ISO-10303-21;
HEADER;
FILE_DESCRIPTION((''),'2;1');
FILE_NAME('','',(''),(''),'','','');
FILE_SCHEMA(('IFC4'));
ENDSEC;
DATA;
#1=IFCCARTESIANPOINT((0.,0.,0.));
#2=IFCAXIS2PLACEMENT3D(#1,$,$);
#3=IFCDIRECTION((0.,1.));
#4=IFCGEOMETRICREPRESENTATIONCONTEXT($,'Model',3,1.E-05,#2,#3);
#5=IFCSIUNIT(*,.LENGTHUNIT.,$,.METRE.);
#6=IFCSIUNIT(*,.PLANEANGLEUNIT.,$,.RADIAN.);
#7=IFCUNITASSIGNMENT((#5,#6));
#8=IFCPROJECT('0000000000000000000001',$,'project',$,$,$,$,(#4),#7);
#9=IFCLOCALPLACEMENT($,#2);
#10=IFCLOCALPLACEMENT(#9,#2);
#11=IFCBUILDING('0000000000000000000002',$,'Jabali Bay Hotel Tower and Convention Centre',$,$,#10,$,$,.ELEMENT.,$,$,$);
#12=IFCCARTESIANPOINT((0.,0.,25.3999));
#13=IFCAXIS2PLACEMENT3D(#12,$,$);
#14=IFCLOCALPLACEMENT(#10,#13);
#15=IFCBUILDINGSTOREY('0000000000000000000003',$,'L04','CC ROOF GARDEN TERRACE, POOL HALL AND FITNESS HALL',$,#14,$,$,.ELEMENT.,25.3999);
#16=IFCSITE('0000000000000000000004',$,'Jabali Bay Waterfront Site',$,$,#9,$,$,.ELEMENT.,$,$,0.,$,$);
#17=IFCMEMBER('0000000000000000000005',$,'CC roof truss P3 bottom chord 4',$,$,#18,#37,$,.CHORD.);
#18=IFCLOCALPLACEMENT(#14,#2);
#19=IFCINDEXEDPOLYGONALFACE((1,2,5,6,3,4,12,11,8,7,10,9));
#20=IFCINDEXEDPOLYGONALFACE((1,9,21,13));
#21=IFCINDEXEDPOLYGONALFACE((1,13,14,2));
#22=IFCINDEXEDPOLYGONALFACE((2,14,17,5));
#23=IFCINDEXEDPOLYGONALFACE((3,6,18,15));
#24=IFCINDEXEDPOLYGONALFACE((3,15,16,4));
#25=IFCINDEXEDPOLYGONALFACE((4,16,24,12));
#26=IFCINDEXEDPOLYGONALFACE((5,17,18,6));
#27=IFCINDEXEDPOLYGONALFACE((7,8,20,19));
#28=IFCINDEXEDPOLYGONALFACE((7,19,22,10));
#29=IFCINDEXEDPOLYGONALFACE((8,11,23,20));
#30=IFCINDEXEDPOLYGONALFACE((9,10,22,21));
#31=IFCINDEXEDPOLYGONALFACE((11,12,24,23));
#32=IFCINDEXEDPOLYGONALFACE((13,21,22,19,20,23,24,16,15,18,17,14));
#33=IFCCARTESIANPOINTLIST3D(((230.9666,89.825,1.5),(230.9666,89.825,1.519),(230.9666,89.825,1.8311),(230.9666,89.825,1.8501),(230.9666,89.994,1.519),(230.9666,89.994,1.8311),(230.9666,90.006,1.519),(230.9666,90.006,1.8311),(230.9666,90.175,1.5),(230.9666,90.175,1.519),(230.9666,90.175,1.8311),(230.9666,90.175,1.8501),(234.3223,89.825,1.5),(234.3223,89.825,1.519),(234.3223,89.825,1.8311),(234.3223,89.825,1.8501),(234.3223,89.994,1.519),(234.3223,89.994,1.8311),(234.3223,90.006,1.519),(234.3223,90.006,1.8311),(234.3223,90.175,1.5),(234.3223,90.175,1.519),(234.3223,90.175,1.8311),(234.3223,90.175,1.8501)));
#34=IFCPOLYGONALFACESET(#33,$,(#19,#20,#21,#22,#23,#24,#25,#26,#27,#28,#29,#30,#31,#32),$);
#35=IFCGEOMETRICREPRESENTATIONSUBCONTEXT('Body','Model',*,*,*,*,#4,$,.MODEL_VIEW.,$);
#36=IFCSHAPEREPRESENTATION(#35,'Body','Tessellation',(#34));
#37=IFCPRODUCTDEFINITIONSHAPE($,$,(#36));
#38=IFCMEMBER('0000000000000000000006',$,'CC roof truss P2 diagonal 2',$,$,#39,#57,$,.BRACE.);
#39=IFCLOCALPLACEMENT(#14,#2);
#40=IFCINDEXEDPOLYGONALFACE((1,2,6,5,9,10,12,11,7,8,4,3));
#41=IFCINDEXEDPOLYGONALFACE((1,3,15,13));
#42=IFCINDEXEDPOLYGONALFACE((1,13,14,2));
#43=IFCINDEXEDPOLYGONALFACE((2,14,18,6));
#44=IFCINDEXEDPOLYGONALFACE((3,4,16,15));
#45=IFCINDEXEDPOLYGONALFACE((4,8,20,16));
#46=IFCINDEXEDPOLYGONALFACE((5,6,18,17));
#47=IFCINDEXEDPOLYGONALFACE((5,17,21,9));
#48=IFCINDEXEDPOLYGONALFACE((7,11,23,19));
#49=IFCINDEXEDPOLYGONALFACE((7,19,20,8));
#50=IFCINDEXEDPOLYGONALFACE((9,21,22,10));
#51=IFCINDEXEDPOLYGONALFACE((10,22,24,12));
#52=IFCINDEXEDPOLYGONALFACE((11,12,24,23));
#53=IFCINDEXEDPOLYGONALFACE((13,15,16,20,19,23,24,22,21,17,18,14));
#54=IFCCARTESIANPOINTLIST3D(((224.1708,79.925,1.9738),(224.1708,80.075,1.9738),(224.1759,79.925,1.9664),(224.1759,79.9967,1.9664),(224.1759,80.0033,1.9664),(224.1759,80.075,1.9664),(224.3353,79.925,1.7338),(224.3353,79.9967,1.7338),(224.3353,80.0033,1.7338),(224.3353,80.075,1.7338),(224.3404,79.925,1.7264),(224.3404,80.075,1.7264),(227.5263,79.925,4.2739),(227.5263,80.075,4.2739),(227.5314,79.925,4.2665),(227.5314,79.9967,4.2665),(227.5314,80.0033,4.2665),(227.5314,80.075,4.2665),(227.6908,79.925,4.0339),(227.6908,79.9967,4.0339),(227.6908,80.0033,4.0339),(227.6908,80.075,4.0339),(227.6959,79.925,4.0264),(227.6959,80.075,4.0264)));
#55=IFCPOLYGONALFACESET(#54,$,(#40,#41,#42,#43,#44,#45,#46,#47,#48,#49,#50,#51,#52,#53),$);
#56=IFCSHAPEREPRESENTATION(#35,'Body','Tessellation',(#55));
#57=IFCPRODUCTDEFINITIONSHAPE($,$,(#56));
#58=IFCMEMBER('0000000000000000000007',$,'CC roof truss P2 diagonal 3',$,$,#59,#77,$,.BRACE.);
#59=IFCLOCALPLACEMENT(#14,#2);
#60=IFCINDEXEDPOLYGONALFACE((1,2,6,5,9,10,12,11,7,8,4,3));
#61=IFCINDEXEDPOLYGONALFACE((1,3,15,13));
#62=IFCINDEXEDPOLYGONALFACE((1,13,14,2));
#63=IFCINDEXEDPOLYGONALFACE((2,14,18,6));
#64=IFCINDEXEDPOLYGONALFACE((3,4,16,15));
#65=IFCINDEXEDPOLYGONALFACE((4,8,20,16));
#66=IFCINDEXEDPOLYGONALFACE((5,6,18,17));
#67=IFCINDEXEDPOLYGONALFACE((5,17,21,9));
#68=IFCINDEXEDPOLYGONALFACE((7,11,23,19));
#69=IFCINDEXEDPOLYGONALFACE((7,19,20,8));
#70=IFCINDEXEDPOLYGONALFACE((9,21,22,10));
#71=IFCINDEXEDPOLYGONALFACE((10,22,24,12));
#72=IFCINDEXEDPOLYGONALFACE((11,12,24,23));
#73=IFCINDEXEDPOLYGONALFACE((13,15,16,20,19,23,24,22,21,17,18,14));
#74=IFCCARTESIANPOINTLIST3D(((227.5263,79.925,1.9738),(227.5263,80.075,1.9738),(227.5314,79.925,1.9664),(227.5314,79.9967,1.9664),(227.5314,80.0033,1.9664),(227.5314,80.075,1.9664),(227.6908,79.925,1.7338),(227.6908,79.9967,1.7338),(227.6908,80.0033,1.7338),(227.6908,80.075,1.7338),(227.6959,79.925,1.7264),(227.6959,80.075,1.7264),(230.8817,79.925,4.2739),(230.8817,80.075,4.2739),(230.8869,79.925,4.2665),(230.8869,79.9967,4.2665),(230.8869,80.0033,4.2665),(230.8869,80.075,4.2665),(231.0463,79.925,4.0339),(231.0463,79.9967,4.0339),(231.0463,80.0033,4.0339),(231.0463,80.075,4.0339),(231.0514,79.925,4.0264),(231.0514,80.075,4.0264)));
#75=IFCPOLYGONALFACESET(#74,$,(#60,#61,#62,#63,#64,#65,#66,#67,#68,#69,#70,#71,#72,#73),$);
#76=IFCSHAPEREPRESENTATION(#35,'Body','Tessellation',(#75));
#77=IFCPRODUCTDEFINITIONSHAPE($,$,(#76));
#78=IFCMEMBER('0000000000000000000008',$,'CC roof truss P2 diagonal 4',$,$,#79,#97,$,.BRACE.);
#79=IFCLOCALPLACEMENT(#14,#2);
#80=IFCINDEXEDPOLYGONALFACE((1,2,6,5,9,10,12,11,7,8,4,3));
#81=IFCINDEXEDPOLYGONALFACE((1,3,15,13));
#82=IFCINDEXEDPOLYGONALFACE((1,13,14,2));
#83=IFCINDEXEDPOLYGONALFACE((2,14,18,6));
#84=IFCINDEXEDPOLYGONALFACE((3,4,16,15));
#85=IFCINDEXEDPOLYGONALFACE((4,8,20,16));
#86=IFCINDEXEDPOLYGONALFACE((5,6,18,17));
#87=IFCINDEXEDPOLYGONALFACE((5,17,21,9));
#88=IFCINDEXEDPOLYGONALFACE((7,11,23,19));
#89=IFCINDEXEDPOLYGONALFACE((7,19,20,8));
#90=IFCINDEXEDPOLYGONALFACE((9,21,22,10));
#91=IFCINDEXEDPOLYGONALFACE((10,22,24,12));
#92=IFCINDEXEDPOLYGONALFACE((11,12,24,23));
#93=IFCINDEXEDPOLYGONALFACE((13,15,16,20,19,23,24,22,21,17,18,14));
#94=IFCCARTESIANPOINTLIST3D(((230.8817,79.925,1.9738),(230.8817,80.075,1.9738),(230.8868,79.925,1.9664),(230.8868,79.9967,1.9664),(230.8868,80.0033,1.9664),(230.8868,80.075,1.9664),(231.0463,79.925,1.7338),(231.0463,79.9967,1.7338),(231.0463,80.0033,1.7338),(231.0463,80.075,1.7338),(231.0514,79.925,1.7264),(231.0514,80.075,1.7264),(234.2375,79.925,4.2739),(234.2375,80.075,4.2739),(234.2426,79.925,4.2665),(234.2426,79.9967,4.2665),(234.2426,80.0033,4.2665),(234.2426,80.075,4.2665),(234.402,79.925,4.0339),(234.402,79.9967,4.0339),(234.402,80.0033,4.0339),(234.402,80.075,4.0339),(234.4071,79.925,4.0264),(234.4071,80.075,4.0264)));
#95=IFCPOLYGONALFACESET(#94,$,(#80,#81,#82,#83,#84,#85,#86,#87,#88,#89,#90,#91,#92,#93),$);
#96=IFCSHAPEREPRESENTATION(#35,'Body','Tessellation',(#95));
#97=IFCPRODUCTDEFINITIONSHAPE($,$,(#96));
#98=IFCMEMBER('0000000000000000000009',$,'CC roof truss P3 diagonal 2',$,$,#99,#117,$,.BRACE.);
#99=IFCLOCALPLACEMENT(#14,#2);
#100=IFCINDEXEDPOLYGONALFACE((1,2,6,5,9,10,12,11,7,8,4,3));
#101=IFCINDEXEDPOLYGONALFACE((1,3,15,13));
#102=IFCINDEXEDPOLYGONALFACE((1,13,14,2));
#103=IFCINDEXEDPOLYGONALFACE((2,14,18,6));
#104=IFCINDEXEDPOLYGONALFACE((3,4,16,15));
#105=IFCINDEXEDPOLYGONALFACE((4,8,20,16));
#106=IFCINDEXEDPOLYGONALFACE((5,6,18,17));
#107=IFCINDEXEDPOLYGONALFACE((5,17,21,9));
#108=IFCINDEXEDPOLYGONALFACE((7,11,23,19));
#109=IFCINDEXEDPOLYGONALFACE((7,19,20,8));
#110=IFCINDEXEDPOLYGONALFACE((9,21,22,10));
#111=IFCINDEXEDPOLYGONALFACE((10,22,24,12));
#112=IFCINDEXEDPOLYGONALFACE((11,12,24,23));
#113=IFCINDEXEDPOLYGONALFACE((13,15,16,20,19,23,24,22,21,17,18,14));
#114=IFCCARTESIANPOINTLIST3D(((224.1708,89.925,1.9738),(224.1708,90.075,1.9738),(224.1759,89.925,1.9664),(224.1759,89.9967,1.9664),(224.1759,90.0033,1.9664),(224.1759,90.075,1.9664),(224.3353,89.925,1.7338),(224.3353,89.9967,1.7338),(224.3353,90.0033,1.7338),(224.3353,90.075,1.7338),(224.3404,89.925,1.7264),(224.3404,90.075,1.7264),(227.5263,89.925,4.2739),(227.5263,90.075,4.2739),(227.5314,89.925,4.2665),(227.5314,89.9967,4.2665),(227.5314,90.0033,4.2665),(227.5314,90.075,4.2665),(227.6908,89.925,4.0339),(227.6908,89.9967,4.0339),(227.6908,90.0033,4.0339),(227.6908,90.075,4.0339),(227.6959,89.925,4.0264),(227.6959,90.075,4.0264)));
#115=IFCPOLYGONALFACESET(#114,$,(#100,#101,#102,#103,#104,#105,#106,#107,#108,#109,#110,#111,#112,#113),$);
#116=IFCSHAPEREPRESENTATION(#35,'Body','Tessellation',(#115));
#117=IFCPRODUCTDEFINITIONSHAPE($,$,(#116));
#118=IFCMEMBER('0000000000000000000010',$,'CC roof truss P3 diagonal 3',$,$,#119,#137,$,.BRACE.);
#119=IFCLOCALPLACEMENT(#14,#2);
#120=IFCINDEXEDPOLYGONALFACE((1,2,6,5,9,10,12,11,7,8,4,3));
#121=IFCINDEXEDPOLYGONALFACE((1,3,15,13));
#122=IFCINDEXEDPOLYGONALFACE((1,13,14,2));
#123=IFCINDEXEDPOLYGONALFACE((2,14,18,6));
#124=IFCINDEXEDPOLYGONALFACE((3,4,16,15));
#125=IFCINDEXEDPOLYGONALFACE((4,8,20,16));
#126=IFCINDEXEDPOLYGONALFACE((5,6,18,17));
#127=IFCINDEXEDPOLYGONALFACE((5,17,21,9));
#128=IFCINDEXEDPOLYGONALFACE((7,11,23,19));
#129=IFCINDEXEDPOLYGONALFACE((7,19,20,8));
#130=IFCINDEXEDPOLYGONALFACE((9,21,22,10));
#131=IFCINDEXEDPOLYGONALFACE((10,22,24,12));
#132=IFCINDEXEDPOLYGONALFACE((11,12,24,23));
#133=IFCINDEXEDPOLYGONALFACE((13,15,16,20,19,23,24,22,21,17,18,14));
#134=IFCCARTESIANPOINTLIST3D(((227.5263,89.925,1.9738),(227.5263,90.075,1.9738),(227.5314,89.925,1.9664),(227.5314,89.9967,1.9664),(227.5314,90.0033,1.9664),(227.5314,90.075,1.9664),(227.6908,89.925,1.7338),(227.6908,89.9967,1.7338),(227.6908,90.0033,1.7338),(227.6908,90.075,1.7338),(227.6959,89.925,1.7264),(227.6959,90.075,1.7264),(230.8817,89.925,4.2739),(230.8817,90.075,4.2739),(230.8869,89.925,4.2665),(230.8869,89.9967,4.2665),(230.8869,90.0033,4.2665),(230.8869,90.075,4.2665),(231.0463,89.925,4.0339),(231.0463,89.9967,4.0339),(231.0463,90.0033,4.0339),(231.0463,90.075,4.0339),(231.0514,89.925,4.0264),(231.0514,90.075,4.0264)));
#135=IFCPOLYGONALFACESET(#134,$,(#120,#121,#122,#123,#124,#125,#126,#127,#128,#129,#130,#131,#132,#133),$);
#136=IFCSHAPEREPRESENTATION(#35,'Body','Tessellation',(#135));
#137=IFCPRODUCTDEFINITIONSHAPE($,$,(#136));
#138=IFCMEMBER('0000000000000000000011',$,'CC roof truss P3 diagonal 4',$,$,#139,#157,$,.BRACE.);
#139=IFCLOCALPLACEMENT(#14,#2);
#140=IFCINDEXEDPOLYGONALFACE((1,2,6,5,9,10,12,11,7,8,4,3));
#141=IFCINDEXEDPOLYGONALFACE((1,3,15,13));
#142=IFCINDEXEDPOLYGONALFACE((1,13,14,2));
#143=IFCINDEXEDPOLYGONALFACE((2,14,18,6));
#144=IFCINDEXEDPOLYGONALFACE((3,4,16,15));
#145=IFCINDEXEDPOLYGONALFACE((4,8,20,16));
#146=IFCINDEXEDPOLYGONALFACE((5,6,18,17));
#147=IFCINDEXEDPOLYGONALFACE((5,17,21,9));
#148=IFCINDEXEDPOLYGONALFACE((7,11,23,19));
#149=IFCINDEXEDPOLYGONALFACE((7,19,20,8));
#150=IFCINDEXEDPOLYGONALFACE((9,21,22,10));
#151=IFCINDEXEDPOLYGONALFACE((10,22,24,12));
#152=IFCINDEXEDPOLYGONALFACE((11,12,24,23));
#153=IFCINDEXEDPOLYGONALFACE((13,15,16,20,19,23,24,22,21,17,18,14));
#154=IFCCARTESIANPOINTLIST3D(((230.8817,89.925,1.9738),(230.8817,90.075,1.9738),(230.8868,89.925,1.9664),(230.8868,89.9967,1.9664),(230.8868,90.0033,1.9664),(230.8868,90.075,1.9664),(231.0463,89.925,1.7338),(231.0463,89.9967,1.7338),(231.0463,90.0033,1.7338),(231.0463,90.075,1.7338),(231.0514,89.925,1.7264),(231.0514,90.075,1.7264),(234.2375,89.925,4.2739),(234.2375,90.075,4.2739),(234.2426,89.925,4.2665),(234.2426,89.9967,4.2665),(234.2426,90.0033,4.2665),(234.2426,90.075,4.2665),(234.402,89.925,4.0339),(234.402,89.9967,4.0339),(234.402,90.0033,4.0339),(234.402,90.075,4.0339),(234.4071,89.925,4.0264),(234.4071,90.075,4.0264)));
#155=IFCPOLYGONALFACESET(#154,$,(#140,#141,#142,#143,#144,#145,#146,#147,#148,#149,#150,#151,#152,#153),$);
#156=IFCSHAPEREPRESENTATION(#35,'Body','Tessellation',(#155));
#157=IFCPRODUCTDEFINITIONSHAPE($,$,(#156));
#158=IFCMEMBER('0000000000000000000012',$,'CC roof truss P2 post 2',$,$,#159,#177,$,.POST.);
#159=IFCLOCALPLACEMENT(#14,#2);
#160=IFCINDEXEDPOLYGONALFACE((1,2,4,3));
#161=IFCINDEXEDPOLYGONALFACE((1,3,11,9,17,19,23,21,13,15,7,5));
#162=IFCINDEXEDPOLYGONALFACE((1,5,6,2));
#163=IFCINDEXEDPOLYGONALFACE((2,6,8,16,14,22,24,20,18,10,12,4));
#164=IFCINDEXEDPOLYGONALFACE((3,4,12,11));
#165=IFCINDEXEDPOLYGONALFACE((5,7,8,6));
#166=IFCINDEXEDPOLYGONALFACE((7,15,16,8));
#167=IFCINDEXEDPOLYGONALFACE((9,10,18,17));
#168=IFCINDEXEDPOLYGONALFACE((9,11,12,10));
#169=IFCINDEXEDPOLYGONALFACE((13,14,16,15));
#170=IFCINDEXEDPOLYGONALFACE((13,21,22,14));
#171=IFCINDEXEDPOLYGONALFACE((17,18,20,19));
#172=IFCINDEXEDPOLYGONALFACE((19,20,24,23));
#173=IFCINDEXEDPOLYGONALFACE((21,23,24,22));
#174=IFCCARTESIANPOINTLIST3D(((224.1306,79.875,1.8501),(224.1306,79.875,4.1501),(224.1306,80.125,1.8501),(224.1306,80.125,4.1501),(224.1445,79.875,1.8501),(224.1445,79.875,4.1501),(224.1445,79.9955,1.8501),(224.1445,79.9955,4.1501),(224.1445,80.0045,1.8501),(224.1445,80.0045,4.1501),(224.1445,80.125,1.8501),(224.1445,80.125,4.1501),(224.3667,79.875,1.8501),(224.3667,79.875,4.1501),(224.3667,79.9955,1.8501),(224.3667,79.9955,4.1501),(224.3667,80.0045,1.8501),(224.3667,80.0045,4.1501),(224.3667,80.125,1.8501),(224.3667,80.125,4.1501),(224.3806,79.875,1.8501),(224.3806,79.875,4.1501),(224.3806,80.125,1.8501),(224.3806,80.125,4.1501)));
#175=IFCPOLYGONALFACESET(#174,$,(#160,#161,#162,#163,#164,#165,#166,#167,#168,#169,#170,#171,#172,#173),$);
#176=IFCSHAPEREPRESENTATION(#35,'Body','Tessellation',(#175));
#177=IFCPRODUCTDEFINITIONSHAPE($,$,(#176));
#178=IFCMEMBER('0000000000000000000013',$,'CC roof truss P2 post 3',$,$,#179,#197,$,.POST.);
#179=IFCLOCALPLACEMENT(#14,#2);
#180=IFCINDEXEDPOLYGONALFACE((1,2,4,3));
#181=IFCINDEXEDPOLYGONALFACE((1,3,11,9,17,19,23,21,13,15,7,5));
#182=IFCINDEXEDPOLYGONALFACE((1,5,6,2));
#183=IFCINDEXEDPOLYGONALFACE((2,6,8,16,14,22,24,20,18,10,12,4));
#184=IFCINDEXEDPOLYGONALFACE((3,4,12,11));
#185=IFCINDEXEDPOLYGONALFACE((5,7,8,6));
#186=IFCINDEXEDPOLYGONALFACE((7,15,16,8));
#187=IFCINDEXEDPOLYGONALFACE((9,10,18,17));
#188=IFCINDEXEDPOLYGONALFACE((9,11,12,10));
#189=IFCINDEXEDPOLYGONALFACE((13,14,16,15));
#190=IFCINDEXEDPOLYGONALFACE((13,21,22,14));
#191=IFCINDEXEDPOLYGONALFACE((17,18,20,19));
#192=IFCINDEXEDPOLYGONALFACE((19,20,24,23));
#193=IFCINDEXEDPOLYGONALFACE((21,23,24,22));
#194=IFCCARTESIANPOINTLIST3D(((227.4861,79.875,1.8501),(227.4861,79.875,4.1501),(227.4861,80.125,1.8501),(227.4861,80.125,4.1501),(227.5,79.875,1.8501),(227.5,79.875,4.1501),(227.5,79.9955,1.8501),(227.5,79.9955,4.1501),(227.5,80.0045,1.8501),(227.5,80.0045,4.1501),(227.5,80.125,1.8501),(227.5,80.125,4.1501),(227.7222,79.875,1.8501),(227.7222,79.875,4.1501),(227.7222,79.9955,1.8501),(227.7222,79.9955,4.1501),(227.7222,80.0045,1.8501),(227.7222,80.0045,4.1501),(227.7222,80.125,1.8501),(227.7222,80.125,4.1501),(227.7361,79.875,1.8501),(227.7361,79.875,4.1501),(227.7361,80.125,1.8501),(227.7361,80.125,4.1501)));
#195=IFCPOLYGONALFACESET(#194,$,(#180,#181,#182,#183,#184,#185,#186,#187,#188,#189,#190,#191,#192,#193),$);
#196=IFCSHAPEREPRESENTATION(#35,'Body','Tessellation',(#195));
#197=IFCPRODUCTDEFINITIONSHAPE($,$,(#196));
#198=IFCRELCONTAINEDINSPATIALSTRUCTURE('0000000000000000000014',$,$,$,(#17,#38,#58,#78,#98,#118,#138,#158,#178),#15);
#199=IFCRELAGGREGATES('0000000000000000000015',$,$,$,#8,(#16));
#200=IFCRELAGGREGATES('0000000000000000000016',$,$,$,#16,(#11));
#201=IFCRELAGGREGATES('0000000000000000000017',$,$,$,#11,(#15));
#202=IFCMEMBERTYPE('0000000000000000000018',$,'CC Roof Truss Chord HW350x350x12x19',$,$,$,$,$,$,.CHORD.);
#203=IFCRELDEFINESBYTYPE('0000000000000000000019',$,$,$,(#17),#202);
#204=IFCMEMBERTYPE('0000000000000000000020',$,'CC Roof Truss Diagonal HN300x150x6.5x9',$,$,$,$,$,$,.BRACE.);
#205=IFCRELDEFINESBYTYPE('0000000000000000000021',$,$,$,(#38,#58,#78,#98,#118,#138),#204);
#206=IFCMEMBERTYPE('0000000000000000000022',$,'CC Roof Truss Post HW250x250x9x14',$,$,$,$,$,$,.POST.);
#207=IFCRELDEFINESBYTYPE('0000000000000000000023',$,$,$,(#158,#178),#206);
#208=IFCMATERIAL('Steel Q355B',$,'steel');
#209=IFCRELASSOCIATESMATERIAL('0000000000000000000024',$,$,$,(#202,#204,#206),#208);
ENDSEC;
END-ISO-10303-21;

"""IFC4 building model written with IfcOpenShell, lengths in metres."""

from ifc_helpers import new_model, si_unit, direction, frame, origin, origin_2d, place, context, subcontext, project, spatial, i_section, extrude, material, material_profile, profile_set, type_object, element, save


model = new_model("IFC4")

# Units and contexts
model_context = context("Model", 3, precision=1e-05, world=origin(), true_north=direction((0.0, 1.0)))
body_context = subcontext(model_context, "Body", "Model", "MODEL_VIEW")
ifc_project = project(units=[si_unit("LENGTHUNIT", "METRE"), si_unit("PLANEANGLEUNIT", "RADIAN")], contexts=[model_context])

# Site, building, storey
site_placement = place(None, origin())
site = spatial("IfcSite", under=ifc_project, at=site_placement, Name="Jabali Bay Waterfront Site", CompositionType="ELEMENT", RefElevation=0.0)
building_placement = place(site_placement, origin())
building = spatial("IfcBuilding", under=site, at=building_placement, Name="Jabali Bay Hotel Tower and Convention Centre", CompositionType="ELEMENT")
storey_placement = place(building_placement, frame((0.0, 0.0, 25.3999)))
storey = spatial("IfcBuildingStorey", under=building, at=storey_placement, Name="L04", Description="CC ROOF GARDEN TERRACE, POOL HALL AND FITNESS HALL", CompositionType="ELEMENT", Elevation=25.3999)

# Members
ifc_material = material(Name="Steel Q355B", Category="steel")
ifc_material_profile_1 = material_profile(ifc_material, i_section(OverallWidth=0.3501, OverallDepth=0.3501, WebThickness=0.012, FlangeThickness=0.019, at=origin_2d()), Name="HW350x350x12x19")
ifc_profile_set_1 = profile_set([ifc_material_profile_1], Name="Steel Q355B")
member_type_1 = type_object("IfcMemberType", Name="CC Roof Truss Chord HW350x350x12x19", PredefinedType="CHORD", material=ifc_profile_set_1)
for number, where, z_axis, x_axis, name in (
    (1, (230.9666, 90.0, 1.675), (1.0, 0.0, 0.0), (0.0, 1.0, 0.0), "CC roof truss P3 bottom chord 4"),
):
    element("IfcMember", number, at=place(storey_placement, frame(where, z_axis=z_axis, x_axis=x_axis)), inside=storey, type_object=member_type_1, Name=name, PredefinedType="CHORD", context=body_context, shape_type="SweptSolid", body=[
        extrude(i_section(OverallWidth=0.3501, OverallDepth=0.3501, WebThickness=0.012, FlangeThickness=0.019, at=origin_2d()), origin(), (0.0, 0.0, 1.0), 3.3557),
    ])
ifc_material_profile_2 = material_profile(ifc_material, i_section(OverallWidth=0.1499, OverallDepth=0.3, WebThickness=0.0066, FlangeThickness=0.009, at=origin_2d()), Name="HN300x150x6.5x9")
ifc_profile_set_2 = profile_set([ifc_material_profile_2], Name="Steel Q355B")
member_type_2 = type_object("IfcMemberType", Name="CC Roof Truss Diagonal HN300x150x6.5x9", PredefinedType="BRACE", material=ifc_profile_set_2)
for number, where, z_axis, x_axis, name in (
    (2, (224.2556, 80.0, 1.8501), (0.824826, 0.0, 0.565387), (0.0, 1.0, 0.0), "CC roof truss P2 diagonal 2"),
    (3, (227.6111, 80.0, 1.8501), (0.824826, 0.0, 0.565387), (0.0, 1.0, 0.0), "CC roof truss P2 diagonal 3"),
):
    element("IfcMember", number, at=place(storey_placement, frame(where, z_axis=z_axis, x_axis=x_axis)), inside=storey, type_object=member_type_2, Name=name, PredefinedType="BRACE", context=body_context, shape_type="SweptSolid", body=[
        extrude(i_section(OverallWidth=0.1499, OverallDepth=0.3, WebThickness=0.0066, FlangeThickness=0.009, at=origin_2d()), origin(), (0.0, 0.0, 1.0), 4.0681),
    ])
member_1_placement = place(storey_placement, frame((230.9666, 80.0, 1.8501), z_axis=(0.824845, 0.0, 0.565359), x_axis=(0.0, 1.0, 0.0)))
element("IfcMember", 4, at=member_1_placement, inside=storey, type_object=member_type_2, Name="CC roof truss P2 diagonal 4", PredefinedType="BRACE", context=body_context, shape_type="SweptSolid", body=[
    extrude(i_section(OverallWidth=0.1499, OverallDepth=0.3, WebThickness=0.0066, FlangeThickness=0.009, at=origin_2d()), origin(), (0.0, 0.0, 1.0), 4.0684),
])
for number, where, z_axis, x_axis, name in (
    (5, (224.2556, 90.0, 1.8501), (0.824826, 0.0, 0.565387), (0.0, 1.0, 0.0), "CC roof truss P3 diagonal 2"),
    (6, (227.6111, 90.0, 1.8501), (0.824826, 0.0, 0.565387), (0.0, 1.0, 0.0), "CC roof truss P3 diagonal 3"),
):
    element("IfcMember", number, at=place(storey_placement, frame(where, z_axis=z_axis, x_axis=x_axis)), inside=storey, type_object=member_type_2, Name=name, PredefinedType="BRACE", context=body_context, shape_type="SweptSolid", body=[
        extrude(i_section(OverallWidth=0.1499, OverallDepth=0.3, WebThickness=0.0066, FlangeThickness=0.009, at=origin_2d()), origin(), (0.0, 0.0, 1.0), 4.0681),
    ])
member_2_placement = place(storey_placement, frame((230.9666, 90.0, 1.8501), z_axis=(0.824845, 0.0, 0.565359), x_axis=(0.0, 1.0, 0.0)))
element("IfcMember", 7, at=member_2_placement, inside=storey, type_object=member_type_2, Name="CC roof truss P3 diagonal 4", PredefinedType="BRACE", context=body_context, shape_type="SweptSolid", body=[
    extrude(i_section(OverallWidth=0.1499, OverallDepth=0.3, WebThickness=0.0066, FlangeThickness=0.009, at=origin_2d()), origin(), (0.0, 0.0, 1.0), 4.0684),
])
ifc_material_profile_3 = material_profile(ifc_material, i_section(OverallWidth=0.25, OverallDepth=0.25, WebThickness=0.009, FlangeThickness=0.0139, at=origin_2d()), Name="HW250x250x9x14")
ifc_profile_set_3 = profile_set([ifc_material_profile_3], Name="Steel Q355B")
member_type_3 = type_object("IfcMemberType", Name="CC Roof Truss Post HW250x250x9x14", PredefinedType="POST", material=ifc_profile_set_3)
for number, where, z_axis, x_axis, name in (
    (8, (224.2556, 80.0, 1.8501), (0.0, 0.0, 1.0), (0.0, 1.0, 0.0), "CC roof truss P2 post 2"),
    (9, (227.6111, 80.0, 1.8501), (0.0, 0.0, 1.0), (0.0, 1.0, 0.0), "CC roof truss P2 post 3"),
):
    element("IfcMember", number, at=place(storey_placement, frame(where, z_axis=z_axis, x_axis=x_axis)), inside=storey, type_object=member_type_3, Name=name, PredefinedType="POST", context=body_context, shape_type="SweptSolid", body=[
        extrude(i_section(OverallWidth=0.25, OverallDepth=0.25, WebThickness=0.009, FlangeThickness=0.0139, at=origin_2d()), origin(), (0.0, 0.0, 1.0), 2.3),
    ])

save(model, "model.ifc")
